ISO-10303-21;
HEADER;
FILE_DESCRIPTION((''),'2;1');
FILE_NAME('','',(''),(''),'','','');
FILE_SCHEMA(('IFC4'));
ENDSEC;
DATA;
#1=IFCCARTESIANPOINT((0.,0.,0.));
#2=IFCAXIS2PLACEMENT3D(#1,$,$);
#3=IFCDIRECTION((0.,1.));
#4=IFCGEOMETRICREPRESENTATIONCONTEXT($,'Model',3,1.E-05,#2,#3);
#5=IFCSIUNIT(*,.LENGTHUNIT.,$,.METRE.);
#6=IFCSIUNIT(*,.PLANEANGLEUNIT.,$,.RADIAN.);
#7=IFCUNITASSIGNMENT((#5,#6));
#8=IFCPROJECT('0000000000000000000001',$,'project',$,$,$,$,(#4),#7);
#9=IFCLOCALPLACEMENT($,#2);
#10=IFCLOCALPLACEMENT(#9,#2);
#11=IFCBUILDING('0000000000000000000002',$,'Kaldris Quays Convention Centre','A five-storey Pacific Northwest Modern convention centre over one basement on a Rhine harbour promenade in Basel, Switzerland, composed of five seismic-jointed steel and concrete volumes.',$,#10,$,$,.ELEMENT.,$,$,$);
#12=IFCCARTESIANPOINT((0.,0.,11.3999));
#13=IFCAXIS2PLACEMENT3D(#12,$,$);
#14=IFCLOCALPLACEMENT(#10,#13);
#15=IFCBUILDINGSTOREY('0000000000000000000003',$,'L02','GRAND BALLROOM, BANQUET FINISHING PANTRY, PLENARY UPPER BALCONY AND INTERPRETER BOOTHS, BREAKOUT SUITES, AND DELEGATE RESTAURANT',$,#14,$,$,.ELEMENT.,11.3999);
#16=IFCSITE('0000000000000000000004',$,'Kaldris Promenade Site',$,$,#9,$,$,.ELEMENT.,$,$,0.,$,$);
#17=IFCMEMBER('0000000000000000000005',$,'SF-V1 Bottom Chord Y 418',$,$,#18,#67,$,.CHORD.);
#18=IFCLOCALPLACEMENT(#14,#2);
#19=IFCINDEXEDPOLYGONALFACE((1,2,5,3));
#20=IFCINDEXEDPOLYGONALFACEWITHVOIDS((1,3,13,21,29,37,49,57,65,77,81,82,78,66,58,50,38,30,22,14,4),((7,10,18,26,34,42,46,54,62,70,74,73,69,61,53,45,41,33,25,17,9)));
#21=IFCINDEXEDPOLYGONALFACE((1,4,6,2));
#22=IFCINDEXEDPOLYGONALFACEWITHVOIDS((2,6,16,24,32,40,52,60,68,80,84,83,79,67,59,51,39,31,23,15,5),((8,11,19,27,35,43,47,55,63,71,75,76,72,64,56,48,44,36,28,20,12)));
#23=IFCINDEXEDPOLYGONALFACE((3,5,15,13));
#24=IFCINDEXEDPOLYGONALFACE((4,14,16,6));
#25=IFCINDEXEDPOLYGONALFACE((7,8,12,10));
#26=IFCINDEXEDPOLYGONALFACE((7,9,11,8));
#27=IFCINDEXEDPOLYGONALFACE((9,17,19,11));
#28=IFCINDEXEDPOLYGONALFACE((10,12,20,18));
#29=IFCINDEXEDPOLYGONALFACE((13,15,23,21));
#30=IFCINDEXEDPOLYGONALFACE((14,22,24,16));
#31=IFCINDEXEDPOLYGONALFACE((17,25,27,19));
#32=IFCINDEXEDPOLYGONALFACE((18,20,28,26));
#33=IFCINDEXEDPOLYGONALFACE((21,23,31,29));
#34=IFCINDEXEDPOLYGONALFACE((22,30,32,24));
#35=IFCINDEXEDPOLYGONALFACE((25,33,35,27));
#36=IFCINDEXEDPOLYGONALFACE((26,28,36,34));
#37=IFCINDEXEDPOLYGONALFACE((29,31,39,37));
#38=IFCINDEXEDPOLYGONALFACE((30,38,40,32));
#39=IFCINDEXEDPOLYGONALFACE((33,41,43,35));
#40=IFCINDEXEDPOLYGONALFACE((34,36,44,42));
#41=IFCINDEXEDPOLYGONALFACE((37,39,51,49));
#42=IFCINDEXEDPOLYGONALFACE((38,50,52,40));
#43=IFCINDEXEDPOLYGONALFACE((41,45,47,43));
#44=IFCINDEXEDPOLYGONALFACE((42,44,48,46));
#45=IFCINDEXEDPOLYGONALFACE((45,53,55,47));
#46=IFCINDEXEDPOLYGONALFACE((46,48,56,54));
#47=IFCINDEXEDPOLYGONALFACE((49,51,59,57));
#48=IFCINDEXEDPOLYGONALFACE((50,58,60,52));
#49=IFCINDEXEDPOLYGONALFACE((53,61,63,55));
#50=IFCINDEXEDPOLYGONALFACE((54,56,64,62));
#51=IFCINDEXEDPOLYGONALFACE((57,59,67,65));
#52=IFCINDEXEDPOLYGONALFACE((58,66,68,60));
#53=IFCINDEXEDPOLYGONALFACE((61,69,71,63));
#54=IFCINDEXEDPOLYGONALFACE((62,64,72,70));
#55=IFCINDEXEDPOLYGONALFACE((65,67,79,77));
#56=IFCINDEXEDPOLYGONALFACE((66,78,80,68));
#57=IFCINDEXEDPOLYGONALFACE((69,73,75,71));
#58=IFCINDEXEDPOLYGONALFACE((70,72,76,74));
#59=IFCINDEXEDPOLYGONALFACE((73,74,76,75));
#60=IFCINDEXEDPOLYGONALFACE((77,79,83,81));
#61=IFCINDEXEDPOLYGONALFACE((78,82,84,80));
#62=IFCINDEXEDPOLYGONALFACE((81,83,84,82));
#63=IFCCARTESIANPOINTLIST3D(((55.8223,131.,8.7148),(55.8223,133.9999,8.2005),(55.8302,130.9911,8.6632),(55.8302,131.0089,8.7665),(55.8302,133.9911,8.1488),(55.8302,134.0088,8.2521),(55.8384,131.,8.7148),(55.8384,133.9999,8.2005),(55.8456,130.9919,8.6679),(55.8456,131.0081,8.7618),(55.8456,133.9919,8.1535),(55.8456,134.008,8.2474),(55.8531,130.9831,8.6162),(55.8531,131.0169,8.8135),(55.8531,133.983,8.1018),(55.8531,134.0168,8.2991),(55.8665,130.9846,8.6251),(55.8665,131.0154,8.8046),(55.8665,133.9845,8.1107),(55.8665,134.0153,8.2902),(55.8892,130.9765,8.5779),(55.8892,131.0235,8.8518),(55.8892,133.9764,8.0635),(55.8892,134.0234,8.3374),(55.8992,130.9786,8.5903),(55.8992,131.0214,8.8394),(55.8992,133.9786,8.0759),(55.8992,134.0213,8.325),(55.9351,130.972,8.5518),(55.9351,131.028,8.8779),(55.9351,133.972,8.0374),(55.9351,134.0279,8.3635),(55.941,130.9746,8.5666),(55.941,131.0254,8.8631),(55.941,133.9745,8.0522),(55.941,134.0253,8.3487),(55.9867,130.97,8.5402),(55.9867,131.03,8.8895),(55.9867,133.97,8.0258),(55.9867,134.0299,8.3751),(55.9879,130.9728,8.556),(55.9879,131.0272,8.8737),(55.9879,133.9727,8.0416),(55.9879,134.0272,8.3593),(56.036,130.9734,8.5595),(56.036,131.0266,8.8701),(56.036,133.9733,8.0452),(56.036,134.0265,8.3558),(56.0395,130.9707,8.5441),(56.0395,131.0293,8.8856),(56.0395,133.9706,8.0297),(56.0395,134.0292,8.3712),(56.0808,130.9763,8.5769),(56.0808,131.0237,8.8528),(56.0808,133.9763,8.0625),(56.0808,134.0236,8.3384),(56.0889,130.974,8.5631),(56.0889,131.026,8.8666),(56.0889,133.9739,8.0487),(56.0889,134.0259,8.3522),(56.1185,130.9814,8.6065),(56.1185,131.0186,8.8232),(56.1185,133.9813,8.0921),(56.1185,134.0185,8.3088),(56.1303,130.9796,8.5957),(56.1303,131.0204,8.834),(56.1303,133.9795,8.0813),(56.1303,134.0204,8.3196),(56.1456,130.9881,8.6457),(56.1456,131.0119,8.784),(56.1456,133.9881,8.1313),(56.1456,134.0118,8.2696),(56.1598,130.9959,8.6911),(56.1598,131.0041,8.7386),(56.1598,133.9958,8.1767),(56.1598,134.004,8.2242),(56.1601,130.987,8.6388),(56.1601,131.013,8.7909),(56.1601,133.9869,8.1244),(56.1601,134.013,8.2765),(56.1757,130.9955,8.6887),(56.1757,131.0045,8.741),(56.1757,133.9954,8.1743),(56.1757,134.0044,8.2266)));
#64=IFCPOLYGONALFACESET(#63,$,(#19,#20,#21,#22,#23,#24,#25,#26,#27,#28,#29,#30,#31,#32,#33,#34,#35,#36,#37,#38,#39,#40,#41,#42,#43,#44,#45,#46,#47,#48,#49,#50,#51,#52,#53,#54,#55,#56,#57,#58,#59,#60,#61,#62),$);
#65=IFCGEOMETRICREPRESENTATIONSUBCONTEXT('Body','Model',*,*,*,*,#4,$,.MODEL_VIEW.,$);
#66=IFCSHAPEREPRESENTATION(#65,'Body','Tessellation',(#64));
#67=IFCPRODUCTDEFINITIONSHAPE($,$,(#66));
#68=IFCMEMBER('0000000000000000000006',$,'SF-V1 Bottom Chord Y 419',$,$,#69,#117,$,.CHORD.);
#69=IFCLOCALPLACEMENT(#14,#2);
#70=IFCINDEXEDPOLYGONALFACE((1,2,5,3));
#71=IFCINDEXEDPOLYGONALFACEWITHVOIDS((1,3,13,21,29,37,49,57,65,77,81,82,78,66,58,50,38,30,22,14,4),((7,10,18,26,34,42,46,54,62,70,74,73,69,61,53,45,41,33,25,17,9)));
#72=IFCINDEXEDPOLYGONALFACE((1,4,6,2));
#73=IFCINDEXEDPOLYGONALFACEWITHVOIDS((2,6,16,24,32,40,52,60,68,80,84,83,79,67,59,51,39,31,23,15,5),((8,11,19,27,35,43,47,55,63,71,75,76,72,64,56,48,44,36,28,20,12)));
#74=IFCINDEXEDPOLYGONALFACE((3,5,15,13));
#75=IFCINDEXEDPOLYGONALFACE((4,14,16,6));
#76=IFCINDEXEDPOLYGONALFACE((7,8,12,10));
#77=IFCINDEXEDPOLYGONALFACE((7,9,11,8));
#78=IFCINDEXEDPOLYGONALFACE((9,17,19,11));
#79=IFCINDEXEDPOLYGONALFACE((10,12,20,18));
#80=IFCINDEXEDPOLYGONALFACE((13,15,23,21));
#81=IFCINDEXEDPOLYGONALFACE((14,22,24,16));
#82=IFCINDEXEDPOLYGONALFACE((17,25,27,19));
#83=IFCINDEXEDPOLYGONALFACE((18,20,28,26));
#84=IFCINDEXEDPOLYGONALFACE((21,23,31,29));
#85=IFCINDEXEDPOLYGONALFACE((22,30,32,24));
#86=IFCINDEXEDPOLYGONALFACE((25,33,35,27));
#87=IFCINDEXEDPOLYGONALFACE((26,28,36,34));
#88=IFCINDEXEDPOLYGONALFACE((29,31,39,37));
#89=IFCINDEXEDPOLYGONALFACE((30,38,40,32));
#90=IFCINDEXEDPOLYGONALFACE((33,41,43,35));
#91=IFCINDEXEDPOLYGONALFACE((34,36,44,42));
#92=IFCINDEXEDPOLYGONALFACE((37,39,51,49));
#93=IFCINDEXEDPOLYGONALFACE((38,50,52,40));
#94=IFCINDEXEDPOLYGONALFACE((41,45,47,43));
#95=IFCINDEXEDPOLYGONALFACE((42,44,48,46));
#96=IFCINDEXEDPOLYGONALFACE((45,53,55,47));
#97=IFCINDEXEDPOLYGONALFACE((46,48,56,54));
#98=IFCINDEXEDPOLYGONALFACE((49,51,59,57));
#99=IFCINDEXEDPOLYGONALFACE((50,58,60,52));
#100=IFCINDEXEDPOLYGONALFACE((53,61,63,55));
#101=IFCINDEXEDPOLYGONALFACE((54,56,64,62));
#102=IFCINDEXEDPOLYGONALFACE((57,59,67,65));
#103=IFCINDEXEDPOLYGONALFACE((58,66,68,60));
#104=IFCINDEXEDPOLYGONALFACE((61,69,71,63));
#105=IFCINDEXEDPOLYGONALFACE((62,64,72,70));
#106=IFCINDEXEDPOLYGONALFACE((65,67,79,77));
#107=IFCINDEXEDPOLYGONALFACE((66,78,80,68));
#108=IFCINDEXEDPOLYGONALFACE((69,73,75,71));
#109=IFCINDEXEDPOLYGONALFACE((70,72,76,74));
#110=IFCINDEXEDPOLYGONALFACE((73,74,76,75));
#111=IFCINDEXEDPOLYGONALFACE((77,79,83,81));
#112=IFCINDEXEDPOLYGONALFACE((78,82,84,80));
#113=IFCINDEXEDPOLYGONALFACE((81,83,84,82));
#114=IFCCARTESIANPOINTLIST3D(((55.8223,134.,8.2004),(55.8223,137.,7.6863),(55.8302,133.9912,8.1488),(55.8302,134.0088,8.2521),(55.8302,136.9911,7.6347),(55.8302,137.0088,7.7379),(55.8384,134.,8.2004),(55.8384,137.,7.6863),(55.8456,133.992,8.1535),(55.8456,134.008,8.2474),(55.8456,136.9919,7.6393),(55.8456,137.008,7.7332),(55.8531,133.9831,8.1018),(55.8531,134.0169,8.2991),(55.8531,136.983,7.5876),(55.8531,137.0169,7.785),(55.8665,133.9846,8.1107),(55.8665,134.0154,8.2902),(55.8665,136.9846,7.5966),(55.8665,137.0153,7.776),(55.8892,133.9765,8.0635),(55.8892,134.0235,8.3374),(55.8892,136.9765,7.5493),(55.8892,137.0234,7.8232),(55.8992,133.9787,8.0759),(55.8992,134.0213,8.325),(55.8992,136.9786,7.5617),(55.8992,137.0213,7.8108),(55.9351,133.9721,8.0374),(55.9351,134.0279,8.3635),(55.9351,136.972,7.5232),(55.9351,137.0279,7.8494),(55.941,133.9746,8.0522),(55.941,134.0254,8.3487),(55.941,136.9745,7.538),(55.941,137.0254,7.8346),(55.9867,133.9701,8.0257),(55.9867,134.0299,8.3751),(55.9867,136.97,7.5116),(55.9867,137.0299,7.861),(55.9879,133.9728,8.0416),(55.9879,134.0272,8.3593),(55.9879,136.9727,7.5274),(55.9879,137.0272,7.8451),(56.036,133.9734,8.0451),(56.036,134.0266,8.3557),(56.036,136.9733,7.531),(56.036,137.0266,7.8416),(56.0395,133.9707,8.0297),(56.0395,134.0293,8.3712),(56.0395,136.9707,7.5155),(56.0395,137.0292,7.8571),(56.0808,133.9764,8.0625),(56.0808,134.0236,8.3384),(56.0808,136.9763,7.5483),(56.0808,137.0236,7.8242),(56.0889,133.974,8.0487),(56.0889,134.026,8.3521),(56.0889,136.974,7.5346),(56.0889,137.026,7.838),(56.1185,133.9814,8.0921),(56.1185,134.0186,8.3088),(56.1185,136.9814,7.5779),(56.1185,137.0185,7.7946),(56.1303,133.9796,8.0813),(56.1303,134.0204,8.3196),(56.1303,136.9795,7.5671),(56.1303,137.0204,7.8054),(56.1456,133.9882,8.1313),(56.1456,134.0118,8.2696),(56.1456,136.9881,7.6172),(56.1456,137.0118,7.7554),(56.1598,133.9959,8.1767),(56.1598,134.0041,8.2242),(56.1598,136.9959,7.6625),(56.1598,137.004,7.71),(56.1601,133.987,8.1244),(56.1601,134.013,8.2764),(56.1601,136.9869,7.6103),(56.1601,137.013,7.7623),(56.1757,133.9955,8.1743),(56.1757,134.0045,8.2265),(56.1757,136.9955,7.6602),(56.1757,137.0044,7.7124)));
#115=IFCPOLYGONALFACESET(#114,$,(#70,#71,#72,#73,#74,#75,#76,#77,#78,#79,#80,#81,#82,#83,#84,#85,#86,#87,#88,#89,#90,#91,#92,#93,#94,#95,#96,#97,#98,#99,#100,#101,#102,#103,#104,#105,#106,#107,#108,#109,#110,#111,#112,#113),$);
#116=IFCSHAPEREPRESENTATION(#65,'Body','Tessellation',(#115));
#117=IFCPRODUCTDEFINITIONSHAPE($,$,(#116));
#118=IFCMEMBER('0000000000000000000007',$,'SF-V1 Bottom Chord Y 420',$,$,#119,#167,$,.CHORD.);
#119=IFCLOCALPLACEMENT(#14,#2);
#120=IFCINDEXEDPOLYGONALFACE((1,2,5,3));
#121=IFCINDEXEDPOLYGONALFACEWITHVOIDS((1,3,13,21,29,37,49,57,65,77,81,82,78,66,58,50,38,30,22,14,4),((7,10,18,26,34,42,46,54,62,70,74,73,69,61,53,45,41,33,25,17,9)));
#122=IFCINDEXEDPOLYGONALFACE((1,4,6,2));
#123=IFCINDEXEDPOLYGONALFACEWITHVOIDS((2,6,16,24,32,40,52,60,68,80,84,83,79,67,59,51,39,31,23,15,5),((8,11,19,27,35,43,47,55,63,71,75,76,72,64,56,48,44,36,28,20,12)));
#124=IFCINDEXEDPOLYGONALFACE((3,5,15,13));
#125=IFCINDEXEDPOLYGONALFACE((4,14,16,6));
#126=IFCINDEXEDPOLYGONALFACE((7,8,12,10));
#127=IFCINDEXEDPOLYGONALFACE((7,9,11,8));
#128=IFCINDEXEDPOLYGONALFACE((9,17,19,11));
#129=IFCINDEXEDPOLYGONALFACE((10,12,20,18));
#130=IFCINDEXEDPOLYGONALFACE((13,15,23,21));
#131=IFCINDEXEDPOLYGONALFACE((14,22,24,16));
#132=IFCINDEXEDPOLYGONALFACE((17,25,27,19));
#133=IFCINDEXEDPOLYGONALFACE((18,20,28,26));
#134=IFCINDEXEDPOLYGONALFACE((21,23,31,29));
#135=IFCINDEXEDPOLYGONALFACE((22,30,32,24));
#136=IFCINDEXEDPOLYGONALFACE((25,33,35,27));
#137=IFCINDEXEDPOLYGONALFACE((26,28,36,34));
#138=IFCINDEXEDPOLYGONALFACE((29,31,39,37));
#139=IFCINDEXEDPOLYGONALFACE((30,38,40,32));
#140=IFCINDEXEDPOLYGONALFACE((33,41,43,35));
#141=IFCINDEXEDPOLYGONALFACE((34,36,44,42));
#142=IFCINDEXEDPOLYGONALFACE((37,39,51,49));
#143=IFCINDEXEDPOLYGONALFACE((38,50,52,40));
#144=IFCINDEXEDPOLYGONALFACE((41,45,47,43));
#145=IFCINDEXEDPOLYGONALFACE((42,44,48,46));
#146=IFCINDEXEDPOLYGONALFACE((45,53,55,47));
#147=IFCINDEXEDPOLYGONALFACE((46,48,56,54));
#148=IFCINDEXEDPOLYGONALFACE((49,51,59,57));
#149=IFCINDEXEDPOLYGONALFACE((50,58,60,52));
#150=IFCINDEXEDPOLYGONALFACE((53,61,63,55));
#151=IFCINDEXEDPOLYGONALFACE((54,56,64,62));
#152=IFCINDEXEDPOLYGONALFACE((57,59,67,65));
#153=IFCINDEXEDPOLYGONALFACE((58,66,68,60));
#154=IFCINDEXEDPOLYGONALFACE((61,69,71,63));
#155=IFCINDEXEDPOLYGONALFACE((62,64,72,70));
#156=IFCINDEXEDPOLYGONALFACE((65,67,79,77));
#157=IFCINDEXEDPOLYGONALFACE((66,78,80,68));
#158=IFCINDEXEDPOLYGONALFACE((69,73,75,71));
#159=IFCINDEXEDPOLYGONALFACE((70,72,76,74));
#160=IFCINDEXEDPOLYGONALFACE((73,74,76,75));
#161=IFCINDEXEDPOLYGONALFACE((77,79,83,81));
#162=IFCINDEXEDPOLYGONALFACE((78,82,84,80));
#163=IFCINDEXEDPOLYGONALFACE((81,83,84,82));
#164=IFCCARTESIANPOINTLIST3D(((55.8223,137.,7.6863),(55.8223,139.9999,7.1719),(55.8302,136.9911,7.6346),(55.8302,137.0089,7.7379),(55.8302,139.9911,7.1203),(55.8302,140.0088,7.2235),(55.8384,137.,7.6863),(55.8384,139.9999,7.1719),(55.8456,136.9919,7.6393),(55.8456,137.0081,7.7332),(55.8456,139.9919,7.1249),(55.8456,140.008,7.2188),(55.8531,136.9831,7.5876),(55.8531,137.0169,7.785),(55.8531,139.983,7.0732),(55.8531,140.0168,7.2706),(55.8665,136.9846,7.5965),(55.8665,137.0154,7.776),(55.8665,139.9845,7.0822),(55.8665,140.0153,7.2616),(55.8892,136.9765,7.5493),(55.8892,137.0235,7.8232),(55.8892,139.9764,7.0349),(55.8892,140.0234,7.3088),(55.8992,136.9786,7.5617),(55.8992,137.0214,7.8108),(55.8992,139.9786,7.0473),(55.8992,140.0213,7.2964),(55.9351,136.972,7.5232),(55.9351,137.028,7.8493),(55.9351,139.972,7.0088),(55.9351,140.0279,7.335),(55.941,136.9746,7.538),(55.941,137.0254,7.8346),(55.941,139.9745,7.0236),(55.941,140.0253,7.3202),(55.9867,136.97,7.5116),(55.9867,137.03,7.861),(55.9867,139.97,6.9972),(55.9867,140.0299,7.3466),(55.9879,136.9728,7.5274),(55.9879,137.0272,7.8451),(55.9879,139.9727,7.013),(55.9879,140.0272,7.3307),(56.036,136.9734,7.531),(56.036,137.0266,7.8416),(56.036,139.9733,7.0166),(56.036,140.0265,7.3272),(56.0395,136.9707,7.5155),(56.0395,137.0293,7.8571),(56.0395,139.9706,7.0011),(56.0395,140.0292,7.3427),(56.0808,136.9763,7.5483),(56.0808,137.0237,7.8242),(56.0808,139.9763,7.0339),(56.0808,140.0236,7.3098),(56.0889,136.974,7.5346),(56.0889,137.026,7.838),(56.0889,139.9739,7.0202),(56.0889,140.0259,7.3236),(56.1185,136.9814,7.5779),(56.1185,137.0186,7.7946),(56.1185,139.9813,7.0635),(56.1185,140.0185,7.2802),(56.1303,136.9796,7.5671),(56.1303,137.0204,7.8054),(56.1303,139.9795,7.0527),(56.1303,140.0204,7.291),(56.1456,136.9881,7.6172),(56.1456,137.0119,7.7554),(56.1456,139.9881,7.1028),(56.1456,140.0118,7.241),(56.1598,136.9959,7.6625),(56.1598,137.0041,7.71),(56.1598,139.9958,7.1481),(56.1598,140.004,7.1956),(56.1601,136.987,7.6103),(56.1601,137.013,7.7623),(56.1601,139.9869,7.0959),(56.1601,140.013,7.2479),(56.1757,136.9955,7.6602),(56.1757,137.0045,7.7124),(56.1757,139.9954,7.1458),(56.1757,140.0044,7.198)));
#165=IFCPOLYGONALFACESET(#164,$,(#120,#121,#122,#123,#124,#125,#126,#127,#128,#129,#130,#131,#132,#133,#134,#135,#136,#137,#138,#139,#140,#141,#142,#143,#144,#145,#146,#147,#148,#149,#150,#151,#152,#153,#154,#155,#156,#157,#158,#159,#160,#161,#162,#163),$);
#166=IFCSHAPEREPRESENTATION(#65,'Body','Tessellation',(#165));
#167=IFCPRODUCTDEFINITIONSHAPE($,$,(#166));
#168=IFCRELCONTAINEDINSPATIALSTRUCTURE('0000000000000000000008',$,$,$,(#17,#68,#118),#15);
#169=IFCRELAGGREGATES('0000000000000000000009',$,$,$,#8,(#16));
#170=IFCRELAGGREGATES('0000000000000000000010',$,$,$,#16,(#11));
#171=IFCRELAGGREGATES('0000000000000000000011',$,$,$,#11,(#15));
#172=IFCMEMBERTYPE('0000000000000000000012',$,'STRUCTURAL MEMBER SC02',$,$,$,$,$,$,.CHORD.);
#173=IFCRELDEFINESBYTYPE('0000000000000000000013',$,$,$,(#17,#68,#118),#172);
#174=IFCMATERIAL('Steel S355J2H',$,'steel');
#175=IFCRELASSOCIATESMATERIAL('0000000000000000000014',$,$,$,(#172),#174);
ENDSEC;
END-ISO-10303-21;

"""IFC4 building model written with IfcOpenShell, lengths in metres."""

from ifc_helpers import new_model, si_unit, direction, frame, origin, origin_2d, place, context, subcontext, project, spatial, hollow_circle, extrude, material, material_profile, profile_set, type_object, element, save


model = new_model("IFC4")

# Units and contexts
model_context = context("Model", 3, precision=1e-05, world=origin(), true_north=direction((0.0, 1.0)))
body_context = subcontext(model_context, "Body", "Model", "MODEL_VIEW")
ifc_project = project(units=[si_unit("LENGTHUNIT", "METRE"), si_unit("PLANEANGLEUNIT", "RADIAN")], contexts=[model_context])

# Site, building, storey
site_placement = place(None, origin())
site = spatial("IfcSite", under=ifc_project, at=site_placement, Name="Kaldris Promenade Site", CompositionType="ELEMENT", RefElevation=0.0)
building_placement = place(site_placement, origin())
building = spatial("IfcBuilding", under=site, at=building_placement, Name="Kaldris Quays Convention Centre", Description="A five-storey Pacific Northwest Modern convention centre over one basement on a Rhine harbour promenade in Basel, Switzerland, composed of five seismic-jointed steel and concrete volumes.", CompositionType="ELEMENT")
storey_placement = place(building_placement, frame((0.0, 0.0, 11.3999)))
storey = spatial("IfcBuildingStorey", under=building, at=storey_placement, Name="L02", Description="GRAND BALLROOM, BANQUET FINISHING PANTRY, PLENARY UPPER BALCONY AND INTERPRETER BOOTHS, BREAKOUT SUITES, AND DELEGATE RESTAURANT", CompositionType="ELEMENT", Elevation=11.3999)

# Members
ifc_material_1 = material(Name="Steel S355J2H", Category="steel")
ifc_material_profile_1 = material_profile(ifc_material_1, hollow_circle(Radius=0.1777, WallThickness=0.0161, at=origin_2d()), Name="CHS 355.6x16")
ifc_profile_set_1 = profile_set([ifc_material_profile_1], Name="Steel S355J2H")
member_type_1 = type_object("IfcMemberType", Name="STRUCTURAL MEMBER SC02", PredefinedType="CHORD", material=ifc_profile_set_1)
for number, where, z_axis, x_axis, name in (
    (1, (56.0, 131.0, 8.7148), (0.0, 0.985616, -0.169002), (-1.0, 0.0, 0.0), "SF-V1 Bottom Chord Y 418"),
    (2, (56.0, 134.0, 8.2004), (0.0, 0.985629, -0.168924), (-1.0, 0.0, 0.0), "SF-V1 Bottom Chord Y 419"),
    (3, (56.0, 137.0, 7.6863), (0.0, 0.985616, -0.169002), (-1.0, 0.0, 0.0), "SF-V1 Bottom Chord Y 420"),
):
    element("IfcMember", number, at=place(storey_placement, frame(where, z_axis=z_axis, x_axis=x_axis)), inside=storey, type_object=member_type_1, Name=name, PredefinedType="CHORD", context=body_context, shape_type="SweptSolid", body=[
        extrude(hollow_circle(Radius=0.1777, WallThickness=0.0161, at=origin_2d()), origin(), (0.0, 0.0, 1.0), 3.0437),
    ])

save(model, "model.ifc")
